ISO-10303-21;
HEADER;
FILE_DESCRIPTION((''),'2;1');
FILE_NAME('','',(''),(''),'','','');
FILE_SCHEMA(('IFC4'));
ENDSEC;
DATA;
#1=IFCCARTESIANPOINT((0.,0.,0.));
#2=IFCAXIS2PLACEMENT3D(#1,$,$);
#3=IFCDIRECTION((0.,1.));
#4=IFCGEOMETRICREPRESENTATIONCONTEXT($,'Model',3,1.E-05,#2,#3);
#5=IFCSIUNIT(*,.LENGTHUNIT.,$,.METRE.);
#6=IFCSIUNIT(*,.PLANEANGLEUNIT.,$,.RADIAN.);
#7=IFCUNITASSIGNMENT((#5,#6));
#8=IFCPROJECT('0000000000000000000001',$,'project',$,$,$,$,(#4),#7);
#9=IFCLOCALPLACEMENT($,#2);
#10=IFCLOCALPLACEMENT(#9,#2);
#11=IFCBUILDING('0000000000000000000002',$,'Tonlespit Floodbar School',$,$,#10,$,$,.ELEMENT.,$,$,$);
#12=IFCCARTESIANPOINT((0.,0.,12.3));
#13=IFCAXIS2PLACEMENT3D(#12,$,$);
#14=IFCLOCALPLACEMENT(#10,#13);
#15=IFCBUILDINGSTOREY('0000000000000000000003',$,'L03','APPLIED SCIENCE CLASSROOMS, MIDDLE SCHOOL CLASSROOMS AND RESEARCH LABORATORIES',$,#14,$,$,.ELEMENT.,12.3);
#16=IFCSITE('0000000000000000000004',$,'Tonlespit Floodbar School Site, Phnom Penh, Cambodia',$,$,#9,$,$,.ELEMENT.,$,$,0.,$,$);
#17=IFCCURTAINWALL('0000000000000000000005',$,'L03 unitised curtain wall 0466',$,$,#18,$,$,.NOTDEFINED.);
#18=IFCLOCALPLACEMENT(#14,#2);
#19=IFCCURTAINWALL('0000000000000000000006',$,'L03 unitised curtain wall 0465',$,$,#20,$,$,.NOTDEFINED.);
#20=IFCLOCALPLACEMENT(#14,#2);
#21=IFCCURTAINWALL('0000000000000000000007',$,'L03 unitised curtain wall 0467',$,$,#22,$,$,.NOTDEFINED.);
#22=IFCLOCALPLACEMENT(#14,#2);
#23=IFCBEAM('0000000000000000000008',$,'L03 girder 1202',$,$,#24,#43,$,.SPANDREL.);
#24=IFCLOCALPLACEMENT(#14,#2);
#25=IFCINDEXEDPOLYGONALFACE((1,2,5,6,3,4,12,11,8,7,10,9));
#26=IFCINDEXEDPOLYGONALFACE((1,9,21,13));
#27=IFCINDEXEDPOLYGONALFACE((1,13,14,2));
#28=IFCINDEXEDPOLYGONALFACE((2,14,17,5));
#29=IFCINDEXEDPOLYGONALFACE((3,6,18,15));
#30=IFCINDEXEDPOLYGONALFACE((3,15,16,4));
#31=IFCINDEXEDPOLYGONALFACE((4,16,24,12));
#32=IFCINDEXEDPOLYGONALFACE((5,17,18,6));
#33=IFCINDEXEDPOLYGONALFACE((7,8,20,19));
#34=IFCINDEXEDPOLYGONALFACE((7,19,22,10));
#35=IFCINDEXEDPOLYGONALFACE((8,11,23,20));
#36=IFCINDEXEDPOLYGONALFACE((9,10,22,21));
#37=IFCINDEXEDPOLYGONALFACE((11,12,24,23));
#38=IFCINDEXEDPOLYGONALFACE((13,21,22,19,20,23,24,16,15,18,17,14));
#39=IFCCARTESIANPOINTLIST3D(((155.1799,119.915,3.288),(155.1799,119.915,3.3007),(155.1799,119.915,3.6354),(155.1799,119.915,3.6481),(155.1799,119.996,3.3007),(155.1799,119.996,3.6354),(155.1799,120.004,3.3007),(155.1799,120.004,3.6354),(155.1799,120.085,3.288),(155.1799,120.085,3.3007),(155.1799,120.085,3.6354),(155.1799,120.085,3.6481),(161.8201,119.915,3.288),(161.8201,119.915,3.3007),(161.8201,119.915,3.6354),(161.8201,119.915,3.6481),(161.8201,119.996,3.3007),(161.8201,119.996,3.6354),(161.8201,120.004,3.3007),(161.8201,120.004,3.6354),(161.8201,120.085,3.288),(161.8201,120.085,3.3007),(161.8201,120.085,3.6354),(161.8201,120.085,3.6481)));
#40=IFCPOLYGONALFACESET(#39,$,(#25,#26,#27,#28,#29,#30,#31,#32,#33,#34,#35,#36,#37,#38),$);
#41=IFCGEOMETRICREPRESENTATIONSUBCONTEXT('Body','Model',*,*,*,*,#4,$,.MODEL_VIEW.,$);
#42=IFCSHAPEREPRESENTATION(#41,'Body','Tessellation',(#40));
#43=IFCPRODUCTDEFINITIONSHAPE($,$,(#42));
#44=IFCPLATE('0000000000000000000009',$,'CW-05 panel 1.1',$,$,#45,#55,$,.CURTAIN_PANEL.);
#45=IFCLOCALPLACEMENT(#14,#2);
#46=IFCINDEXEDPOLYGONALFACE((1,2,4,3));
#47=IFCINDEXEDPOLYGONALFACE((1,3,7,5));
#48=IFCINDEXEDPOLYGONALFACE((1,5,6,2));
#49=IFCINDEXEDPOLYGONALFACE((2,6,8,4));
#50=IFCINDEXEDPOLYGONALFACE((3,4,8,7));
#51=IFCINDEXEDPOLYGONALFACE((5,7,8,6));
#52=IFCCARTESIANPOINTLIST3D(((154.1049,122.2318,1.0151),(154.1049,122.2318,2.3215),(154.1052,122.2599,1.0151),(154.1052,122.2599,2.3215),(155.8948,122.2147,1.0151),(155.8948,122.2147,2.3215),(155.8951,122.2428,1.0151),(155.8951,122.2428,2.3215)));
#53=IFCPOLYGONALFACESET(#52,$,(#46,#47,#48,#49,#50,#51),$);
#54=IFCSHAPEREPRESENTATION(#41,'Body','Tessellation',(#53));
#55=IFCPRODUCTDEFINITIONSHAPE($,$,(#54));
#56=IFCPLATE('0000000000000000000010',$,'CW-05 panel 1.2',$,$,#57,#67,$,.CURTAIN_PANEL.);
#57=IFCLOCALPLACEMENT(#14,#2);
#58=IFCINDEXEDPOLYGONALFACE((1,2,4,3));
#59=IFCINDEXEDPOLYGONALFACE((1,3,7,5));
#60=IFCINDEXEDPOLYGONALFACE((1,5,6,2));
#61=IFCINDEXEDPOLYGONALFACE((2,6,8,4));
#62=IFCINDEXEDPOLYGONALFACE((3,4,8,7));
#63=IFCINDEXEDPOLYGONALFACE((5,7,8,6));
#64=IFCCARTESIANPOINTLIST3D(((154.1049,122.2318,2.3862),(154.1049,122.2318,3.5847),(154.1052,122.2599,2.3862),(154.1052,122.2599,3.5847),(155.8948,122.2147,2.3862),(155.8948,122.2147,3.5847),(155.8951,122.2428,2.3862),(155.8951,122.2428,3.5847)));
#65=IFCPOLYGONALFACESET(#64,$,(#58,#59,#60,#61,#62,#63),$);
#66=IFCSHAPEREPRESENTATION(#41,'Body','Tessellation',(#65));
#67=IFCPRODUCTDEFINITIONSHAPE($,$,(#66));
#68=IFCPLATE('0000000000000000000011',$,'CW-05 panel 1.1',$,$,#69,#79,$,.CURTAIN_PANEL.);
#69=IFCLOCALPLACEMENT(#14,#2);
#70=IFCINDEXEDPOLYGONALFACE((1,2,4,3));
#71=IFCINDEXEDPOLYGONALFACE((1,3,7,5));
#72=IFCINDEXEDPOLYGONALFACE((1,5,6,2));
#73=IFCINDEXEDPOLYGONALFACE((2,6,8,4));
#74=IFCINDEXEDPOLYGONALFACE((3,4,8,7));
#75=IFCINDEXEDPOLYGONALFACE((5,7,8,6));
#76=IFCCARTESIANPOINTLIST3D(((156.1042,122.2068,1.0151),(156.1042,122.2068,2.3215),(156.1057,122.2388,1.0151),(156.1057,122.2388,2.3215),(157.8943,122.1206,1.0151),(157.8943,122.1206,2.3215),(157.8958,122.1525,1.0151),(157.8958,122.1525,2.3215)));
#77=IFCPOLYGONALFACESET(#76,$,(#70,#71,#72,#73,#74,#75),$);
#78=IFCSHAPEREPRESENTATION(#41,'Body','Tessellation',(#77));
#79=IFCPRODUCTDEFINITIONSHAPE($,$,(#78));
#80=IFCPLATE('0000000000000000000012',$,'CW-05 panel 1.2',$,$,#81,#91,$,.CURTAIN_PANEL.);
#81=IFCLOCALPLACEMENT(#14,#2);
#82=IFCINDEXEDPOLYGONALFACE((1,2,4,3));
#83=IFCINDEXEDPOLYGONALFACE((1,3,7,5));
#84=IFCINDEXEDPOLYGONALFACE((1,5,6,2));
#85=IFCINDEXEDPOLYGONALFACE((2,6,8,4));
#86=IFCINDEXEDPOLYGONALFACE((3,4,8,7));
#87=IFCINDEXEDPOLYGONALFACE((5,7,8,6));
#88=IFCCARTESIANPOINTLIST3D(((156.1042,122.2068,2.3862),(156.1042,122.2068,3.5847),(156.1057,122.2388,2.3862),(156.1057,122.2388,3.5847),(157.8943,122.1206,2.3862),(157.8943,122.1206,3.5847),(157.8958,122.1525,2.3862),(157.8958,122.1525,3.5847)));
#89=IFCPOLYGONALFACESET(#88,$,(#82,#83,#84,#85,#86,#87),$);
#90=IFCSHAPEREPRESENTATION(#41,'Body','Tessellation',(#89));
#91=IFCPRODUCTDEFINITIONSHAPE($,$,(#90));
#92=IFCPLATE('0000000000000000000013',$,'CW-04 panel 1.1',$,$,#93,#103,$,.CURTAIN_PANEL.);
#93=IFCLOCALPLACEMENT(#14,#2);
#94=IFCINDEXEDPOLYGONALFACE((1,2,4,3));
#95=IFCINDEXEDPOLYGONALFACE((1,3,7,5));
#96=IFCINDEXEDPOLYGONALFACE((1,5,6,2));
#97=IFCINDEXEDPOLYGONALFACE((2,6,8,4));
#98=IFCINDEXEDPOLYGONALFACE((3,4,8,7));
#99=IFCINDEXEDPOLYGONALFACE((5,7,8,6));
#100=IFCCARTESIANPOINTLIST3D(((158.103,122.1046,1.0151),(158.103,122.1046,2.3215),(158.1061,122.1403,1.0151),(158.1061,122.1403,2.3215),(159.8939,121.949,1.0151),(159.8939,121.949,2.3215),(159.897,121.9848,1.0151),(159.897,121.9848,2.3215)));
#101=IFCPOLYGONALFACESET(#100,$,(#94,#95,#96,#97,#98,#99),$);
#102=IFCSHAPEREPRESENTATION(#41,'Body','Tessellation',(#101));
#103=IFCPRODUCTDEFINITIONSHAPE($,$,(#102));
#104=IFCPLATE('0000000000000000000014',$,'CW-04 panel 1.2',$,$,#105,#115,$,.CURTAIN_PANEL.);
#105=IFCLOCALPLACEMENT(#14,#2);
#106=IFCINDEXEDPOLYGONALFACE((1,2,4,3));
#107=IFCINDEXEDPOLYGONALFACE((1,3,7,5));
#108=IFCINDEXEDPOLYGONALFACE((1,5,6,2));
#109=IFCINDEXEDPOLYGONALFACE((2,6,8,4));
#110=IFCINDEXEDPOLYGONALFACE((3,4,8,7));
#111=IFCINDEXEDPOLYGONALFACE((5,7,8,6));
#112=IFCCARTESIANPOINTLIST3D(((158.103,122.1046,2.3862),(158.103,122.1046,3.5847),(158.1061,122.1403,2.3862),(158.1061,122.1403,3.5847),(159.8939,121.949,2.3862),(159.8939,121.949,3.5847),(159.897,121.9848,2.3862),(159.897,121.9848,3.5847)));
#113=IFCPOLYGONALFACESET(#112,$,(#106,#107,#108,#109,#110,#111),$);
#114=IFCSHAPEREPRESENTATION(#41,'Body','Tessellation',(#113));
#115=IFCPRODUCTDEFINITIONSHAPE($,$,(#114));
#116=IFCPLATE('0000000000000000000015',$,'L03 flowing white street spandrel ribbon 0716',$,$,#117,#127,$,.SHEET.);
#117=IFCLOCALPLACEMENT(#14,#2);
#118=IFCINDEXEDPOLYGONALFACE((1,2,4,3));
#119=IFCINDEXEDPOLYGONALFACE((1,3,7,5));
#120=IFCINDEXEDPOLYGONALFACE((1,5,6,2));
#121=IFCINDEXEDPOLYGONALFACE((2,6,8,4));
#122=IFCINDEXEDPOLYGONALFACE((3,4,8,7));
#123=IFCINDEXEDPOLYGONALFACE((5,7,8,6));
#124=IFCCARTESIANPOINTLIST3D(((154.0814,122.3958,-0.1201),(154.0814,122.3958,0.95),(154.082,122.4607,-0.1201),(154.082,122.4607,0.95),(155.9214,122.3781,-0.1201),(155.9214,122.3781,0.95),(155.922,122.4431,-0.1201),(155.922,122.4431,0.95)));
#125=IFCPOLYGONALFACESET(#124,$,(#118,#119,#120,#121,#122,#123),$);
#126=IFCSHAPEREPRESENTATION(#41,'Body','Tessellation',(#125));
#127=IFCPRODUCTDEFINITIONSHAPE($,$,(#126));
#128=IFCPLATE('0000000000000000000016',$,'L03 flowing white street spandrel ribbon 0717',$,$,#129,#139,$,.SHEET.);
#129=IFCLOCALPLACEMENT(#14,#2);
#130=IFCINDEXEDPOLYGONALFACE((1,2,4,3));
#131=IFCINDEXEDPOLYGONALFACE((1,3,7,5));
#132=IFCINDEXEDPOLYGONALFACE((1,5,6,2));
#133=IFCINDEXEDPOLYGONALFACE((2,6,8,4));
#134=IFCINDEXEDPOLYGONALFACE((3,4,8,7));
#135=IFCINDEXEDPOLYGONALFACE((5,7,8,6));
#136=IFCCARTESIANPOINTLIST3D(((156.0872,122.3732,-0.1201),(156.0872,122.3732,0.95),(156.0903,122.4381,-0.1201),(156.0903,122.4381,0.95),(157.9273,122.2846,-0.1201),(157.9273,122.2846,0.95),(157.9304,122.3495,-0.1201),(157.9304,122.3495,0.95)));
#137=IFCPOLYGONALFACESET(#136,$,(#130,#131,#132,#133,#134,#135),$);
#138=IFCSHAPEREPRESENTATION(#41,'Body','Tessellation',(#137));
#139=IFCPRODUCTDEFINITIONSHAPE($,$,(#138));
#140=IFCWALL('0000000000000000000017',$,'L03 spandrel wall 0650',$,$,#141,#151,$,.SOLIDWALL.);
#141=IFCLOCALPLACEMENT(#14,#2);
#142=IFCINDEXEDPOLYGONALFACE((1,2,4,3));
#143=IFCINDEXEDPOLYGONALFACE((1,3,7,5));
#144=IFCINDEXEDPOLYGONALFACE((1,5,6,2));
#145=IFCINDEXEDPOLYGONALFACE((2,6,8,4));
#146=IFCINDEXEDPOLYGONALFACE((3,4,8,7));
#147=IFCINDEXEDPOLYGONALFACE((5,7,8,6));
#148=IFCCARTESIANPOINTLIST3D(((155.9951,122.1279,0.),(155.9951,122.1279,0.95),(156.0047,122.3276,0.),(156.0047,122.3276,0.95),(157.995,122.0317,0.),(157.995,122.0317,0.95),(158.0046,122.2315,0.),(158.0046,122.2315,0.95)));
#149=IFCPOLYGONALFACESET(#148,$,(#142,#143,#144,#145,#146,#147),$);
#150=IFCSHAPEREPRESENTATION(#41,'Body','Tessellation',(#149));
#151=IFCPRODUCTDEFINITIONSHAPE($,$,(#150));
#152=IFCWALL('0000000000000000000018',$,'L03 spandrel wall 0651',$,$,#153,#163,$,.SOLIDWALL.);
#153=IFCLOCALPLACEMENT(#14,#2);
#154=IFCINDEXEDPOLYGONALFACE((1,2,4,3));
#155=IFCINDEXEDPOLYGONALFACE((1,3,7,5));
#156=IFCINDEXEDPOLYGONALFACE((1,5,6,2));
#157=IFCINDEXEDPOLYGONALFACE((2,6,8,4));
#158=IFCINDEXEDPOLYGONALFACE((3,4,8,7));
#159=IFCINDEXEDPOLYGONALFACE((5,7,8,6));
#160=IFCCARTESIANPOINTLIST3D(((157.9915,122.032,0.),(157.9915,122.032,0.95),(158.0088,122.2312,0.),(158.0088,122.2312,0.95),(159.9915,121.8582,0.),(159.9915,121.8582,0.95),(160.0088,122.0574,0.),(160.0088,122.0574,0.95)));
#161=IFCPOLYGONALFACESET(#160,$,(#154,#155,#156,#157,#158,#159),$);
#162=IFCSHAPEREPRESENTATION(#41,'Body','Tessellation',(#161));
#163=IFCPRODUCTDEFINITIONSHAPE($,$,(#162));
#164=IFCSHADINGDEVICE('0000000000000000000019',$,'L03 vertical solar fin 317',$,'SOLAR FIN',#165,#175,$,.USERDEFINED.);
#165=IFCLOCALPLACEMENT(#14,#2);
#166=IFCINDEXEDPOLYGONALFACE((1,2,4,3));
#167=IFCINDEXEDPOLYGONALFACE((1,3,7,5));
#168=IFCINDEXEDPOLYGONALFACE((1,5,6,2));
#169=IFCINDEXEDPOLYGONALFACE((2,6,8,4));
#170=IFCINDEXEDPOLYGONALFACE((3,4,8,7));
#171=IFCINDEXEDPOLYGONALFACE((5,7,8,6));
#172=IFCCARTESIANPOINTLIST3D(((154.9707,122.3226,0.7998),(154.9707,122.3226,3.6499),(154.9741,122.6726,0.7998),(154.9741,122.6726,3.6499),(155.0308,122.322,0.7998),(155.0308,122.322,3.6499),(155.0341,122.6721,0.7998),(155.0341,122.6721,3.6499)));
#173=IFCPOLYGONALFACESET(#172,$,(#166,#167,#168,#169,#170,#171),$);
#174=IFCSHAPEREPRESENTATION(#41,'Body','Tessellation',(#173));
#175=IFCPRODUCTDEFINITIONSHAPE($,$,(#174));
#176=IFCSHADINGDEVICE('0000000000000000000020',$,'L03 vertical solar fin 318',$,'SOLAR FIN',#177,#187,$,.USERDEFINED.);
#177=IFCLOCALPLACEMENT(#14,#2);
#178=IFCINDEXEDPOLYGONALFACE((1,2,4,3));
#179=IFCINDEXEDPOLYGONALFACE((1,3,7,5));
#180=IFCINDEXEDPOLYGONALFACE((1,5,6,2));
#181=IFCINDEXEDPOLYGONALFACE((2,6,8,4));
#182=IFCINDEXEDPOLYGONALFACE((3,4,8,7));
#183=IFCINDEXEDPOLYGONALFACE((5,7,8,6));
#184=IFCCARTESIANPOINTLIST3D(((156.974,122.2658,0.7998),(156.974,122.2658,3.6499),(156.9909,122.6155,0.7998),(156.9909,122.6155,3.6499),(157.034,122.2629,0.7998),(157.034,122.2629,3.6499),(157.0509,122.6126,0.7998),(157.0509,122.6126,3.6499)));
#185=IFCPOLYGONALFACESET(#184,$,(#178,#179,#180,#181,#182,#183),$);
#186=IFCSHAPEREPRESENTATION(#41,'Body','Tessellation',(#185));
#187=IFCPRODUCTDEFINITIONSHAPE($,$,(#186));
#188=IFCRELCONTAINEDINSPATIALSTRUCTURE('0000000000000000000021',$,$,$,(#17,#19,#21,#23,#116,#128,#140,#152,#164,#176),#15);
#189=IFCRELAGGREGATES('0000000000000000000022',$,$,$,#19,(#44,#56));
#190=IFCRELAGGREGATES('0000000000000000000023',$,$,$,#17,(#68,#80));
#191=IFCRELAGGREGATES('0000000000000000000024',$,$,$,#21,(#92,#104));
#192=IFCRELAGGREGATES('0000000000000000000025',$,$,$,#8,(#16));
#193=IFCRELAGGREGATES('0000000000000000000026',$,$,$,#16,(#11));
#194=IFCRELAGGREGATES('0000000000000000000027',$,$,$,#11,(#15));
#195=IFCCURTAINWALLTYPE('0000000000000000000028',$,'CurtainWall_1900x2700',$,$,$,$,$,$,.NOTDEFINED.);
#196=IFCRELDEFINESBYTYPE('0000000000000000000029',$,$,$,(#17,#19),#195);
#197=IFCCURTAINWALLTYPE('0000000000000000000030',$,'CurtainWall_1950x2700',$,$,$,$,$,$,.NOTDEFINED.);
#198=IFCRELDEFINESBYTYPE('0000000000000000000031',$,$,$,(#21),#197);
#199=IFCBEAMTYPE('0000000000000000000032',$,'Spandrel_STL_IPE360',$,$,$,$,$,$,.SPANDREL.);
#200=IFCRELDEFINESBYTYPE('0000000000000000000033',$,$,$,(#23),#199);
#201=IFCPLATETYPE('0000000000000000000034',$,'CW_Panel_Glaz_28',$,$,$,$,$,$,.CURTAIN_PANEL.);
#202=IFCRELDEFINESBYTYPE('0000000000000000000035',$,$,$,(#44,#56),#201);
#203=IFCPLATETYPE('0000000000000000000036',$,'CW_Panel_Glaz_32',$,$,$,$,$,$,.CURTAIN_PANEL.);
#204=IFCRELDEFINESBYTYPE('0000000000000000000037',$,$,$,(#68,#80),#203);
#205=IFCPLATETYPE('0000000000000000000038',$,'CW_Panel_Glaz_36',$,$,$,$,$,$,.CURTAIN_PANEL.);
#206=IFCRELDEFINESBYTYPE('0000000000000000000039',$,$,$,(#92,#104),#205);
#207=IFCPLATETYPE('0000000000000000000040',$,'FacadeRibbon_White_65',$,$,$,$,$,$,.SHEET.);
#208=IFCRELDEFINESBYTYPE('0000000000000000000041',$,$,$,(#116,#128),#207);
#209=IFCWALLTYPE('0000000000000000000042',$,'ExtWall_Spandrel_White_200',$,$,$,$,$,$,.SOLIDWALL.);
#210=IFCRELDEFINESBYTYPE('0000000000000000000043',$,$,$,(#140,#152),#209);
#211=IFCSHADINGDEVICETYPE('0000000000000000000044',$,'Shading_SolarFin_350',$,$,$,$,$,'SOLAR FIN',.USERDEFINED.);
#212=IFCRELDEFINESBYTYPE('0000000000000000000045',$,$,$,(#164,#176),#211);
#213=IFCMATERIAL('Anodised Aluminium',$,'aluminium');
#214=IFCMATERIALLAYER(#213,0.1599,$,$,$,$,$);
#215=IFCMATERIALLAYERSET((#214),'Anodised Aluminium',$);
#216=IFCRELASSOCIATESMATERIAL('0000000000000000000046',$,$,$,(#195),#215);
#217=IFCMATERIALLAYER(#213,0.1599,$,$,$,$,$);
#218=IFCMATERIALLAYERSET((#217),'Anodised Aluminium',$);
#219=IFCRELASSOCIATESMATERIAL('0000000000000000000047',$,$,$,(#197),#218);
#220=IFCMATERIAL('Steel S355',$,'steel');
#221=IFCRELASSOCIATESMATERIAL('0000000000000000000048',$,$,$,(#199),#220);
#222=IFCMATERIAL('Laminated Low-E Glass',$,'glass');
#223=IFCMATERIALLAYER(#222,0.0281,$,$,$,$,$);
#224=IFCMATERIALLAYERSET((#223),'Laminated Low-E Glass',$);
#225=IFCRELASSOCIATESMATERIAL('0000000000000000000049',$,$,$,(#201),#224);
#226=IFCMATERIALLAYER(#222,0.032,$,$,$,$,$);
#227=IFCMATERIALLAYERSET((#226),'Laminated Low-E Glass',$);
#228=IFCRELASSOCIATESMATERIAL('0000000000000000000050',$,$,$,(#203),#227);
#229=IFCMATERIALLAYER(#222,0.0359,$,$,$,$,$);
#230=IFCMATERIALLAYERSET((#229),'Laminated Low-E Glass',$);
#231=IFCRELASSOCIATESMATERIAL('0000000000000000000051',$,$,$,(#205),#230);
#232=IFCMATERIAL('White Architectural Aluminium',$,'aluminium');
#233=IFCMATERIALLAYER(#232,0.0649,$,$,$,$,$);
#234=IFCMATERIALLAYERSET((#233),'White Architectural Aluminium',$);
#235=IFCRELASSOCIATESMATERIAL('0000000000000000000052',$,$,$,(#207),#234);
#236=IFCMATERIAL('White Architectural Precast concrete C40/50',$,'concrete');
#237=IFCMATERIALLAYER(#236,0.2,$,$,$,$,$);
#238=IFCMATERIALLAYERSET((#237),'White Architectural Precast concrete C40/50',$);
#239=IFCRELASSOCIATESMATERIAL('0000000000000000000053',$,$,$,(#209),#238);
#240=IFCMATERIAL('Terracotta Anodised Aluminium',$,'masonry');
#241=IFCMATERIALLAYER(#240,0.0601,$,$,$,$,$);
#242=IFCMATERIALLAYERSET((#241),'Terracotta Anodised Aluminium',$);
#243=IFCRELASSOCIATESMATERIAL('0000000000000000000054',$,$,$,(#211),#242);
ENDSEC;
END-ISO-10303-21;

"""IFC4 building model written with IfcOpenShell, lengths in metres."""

from ifc_helpers import new_model, si_unit, direction, frame, frame_2d, origin, origin_2d, place, context, subcontext, project, spatial, rectangle, i_section, extrude, material, layer, layer_set, material_profile, profile_set, type_object, element, aggregate, save


model = new_model("IFC4")

# Units and contexts
model_context = context("Model", 3, precision=1e-05, world=origin(), true_north=direction((0.0, 1.0)))
body_context = subcontext(model_context, "Body", "Model", "MODEL_VIEW")
ifc_project = project(units=[si_unit("LENGTHUNIT", "METRE"), si_unit("PLANEANGLEUNIT", "RADIAN")], contexts=[model_context])

# Site, building, storey
site_placement = place(None, origin())
site = spatial("IfcSite", under=ifc_project, at=site_placement, Name="Tonlespit Floodbar School Site, Phnom Penh, Cambodia", CompositionType="ELEMENT", RefElevation=0.0)
building_placement = place(site_placement, origin())
building = spatial("IfcBuilding", under=site, at=building_placement, Name="Tonlespit Floodbar School", CompositionType="ELEMENT")
storey_placement = place(building_placement, frame((0.0, 0.0, 12.3)))
storey = spatial("IfcBuildingStorey", under=building, at=storey_placement, Name="L03", Description="APPLIED SCIENCE CLASSROOMS, MIDDLE SCHOOL CLASSROOMS AND RESEARCH LABORATORIES", CompositionType="ELEMENT", Elevation=12.3)

# Curtain wall
ifc_material_1 = material(Name="Anodised Aluminium", Category="aluminium")
ifc_layer_1 = layer(ifc_material_1, 0.1599)
ifc_layer_set_1 = layer_set([ifc_layer_1], Name="Anodised Aluminium")
curtain_wall_type_1 = type_object("IfcCurtainWallType", Name="CurtainWall_1900x2700", PredefinedType="NOTDEFINED", material=ifc_layer_set_1)
curtain_wall_1_placement = place(storey_placement, origin())
curtain_wall_1 = element("IfcCurtainWall", 1, at=curtain_wall_1_placement, inside=storey, type_object=curtain_wall_type_1, Name="L03 unitised curtain wall 0466", PredefinedType="NOTDEFINED")

# Curtain walls
curtain_wall_2_placement = place(storey_placement, origin())
curtain_wall_2 = element("IfcCurtainWall", 2, at=curtain_wall_2_placement, inside=storey, type_object=curtain_wall_type_1, Name="L03 unitised curtain wall 0465", PredefinedType="NOTDEFINED")
ifc_layer_2 = layer(ifc_material_1, 0.1599)
ifc_layer_set_2 = layer_set([ifc_layer_2], Name="Anodised Aluminium")
curtain_wall_type_2 = type_object("IfcCurtainWallType", Name="CurtainWall_1950x2700", PredefinedType="NOTDEFINED", material=ifc_layer_set_2)
curtain_wall_3_placement = place(storey_placement, origin())
curtain_wall_3 = element("IfcCurtainWall", 3, at=curtain_wall_3_placement, inside=storey, type_object=curtain_wall_type_2, Name="L03 unitised curtain wall 0467", PredefinedType="NOTDEFINED")

# Beam
ifc_material_2 = material(Name="Steel S355", Category="steel")
ifc_material_profile_1 = material_profile(ifc_material_2, i_section(OverallWidth=0.1699, OverallDepth=0.3601, WebThickness=0.0081, FlangeThickness=0.0127, at=origin_2d()), Name="IPE 360")
ifc_profile_set_1 = profile_set([ifc_material_profile_1], Name="Steel S355")
beam_type_1 = type_object("IfcBeamType", Name="Spandrel_STL_IPE360", PredefinedType="SPANDREL", material=ifc_profile_set_1)
beam_1_placement = place(storey_placement, frame((155.1799, 120.0, 3.468), z_axis=(1.0, 0.0, 0.0), x_axis=(0.0, 1.0, 0.0)))
element("IfcBeam", 4, at=beam_1_placement, inside=storey, type_object=beam_type_1, Name="L03 girder 1202", PredefinedType="SPANDREL", context=body_context, shape_type="SweptSolid", body=[
    extrude(i_section(OverallWidth=0.1699, OverallDepth=0.3601, WebThickness=0.0081, FlangeThickness=0.0127, at=origin_2d()), origin(), (0.0, 0.0, 1.0), 6.6401),
])

# Plates
ifc_material_3 = material(Name="Laminated Low-E Glass", Category="glass")
ifc_layer_3 = layer(ifc_material_3, 0.0281)
ifc_layer_set_3 = layer_set([ifc_layer_3], Name="Laminated Low-E Glass")
plate_type_1 = type_object("IfcPlateType", Name="CW_Panel_Glaz_28", PredefinedType="CURTAIN_PANEL", material=ifc_layer_set_3)
plate_1_placement = place(storey_placement, frame((155.0, 122.2373, 1.0151), z_axis=(0.0, 0.0, 1.0), x_axis=(0.999954, -0.009583, 0.0)))
plate_1 = element("IfcPlate", 5, at=plate_1_placement, type_object=plate_type_1, Name="CW-05 panel 1.1", PredefinedType="CURTAIN_PANEL", context=body_context, shape_type="SweptSolid", body=[
    extrude(rectangle(XDim=1.79, YDim=0.0281, at=origin_2d()), origin(), (0.0, 0.0, 1.0), 1.3064),
])
plate_2_placement = place(storey_placement, frame((155.0, 122.2373, 2.3862), z_axis=(0.0, 0.0, 1.0), x_axis=(0.999954, -0.009583, 0.0)))
plate_2 = element("IfcPlate", 6, at=plate_2_placement, type_object=plate_type_1, Name="CW-05 panel 1.2", PredefinedType="CURTAIN_PANEL", context=body_context, shape_type="SweptSolid", body=[
    extrude(rectangle(XDim=1.79, YDim=0.0281, at=origin_2d()), origin(), (0.0, 0.0, 1.0), 1.1985),
])
aggregate(curtain_wall_2, [plate_1, plate_2])
ifc_layer_4 = layer(ifc_material_3, 0.032)
ifc_layer_set_4 = layer_set([ifc_layer_4], Name="Laminated Low-E Glass")
plate_type_2 = type_object("IfcPlateType", Name="CW_Panel_Glaz_32", PredefinedType="CURTAIN_PANEL", material=ifc_layer_set_4)
plate_3_placement = place(storey_placement, frame((157.0, 122.1797, 1.0151), z_axis=(0.0, 0.0, 1.0), x_axis=(0.998842, -0.048121, 0.0)))
plate_3 = element("IfcPlate", 7, at=plate_3_placement, type_object=plate_type_2, Name="CW-05 panel 1.1", PredefinedType="CURTAIN_PANEL", context=body_context, shape_type="SweptSolid", body=[
    extrude(rectangle(XDim=1.7922, YDim=0.032, at=origin_2d()), origin(), (0.0, 0.0, 1.0), 1.3064),
])
plate_4_placement = place(storey_placement, frame((157.0, 122.1797, 2.3862), z_axis=(0.0, 0.0, 1.0), x_axis=(0.998842, -0.048121, 0.0)))
plate_4 = element("IfcPlate", 8, at=plate_4_placement, type_object=plate_type_2, Name="CW-05 panel 1.2", PredefinedType="CURTAIN_PANEL", context=body_context, shape_type="SweptSolid", body=[
    extrude(rectangle(XDim=1.7922, YDim=0.032, at=origin_2d()), origin(), (0.0, 0.0, 1.0), 1.1985),
])
aggregate(curtain_wall_1, [plate_3, plate_4])
ifc_layer_5 = layer(ifc_material_3, 0.0359)
ifc_layer_set_5 = layer_set([ifc_layer_5], Name="Laminated Low-E Glass")
plate_type_3 = type_object("IfcPlateType", Name="CW_Panel_Glaz_36", PredefinedType="CURTAIN_PANEL", material=ifc_layer_set_5)
plate_5_placement = place(storey_placement, frame((159.0, 122.0447, 1.0151), z_axis=(0.0, 0.0, 1.0), x_axis=(0.996249, -0.086531, 0.0)))
plate_5 = element("IfcPlate", 9, at=plate_5_placement, type_object=plate_type_3, Name="CW-04 panel 1.1", PredefinedType="CURTAIN_PANEL", context=body_context, shape_type="SweptSolid", body=[
    extrude(rectangle(XDim=1.7976, YDim=0.0359, at=origin_2d()), origin(), (0.0, 0.0, 1.0), 1.3064),
])
plate_6_placement = place(storey_placement, frame((159.0, 122.0447, 2.3862), z_axis=(0.0, 0.0, 1.0), x_axis=(0.996249, -0.086531, 0.0)))
plate_6 = element("IfcPlate", 10, at=plate_6_placement, type_object=plate_type_3, Name="CW-04 panel 1.2", PredefinedType="CURTAIN_PANEL", context=body_context, shape_type="SweptSolid", body=[
    extrude(rectangle(XDim=1.7976, YDim=0.0359, at=origin_2d()), origin(), (0.0, 0.0, 1.0), 1.1985),
])
aggregate(curtain_wall_3, [plate_5, plate_6])

# Plates
ifc_material_4 = material(Name="White Architectural Aluminium", Category="aluminium")
ifc_layer_6 = layer(ifc_material_4, 0.0649)
ifc_layer_set_6 = layer_set([ifc_layer_6], Name="White Architectural Aluminium")
plate_type_4 = type_object("IfcPlateType", Name="FacadeRibbon_White_65", PredefinedType="SHEET", material=ifc_layer_set_6)
plate_7_placement = place(storey_placement, frame((155.0017, 122.4194, -0.1201), z_axis=(0.0, 0.0, 1.0), x_axis=(0.999954, -0.009599, 0.0)))
element("IfcPlate", 11, at=plate_7_placement, inside=storey, type_object=plate_type_4, Name="L03 flowing white street spandrel ribbon 0716", PredefinedType="SHEET", context=body_context, shape_type="SweptSolid", body=[
    extrude(rectangle(XDim=1.8401, YDim=0.0649, at=origin_2d()), origin(), (0.0, 0.0, 1.0), 1.0701),
])
plate_8_placement = place(storey_placement, frame((157.0088, 122.3613, -0.1201), z_axis=(0.0, 0.0, 1.0), x_axis=(0.998843, -0.048095, 0.0)))
element("IfcPlate", 12, at=plate_8_placement, inside=storey, type_object=plate_type_4, Name="L03 flowing white street spandrel ribbon 0717", PredefinedType="SHEET", context=body_context, shape_type="SweptSolid", body=[
    extrude(rectangle(XDim=1.8423, YDim=0.0649, at=origin_2d()), origin(), (0.0, 0.0, 1.0), 1.0701),
])

# Walls
ifc_material_5 = material(Name="White Architectural Precast concrete C40/50", Category="concrete")
ifc_layer_7 = layer(ifc_material_5, 0.2)
ifc_layer_set_7 = layer_set([ifc_layer_7], Name="White Architectural Precast concrete C40/50")
wall_type = type_object("IfcWallType", Name="ExtWall_Spandrel_White_200", PredefinedType="SOLIDWALL", material=ifc_layer_set_7)
wall_1_placement = place(storey_placement, frame((156.0, 122.2278, 0.0), z_axis=(0.0, 0.0, 1.0), x_axis=(0.998845, -0.04804, 0.0)))
element("IfcWall", 13, at=wall_1_placement, inside=storey, type_object=wall_type, Name="L03 spandrel wall 0650", PredefinedType="SOLIDWALL", context=body_context, shape_type="SweptSolid", body=[
    extrude(rectangle(XDim=2.0022, YDim=0.2, at=frame_2d((1.001, 0.0))), origin(), (0.0, 0.0, 1.0), 0.95),
])
wall_2_placement = place(storey_placement, frame((158.0, 122.1316, 0.0), z_axis=(0.0, 0.0, 1.0), x_axis=(0.996244, -0.086588, 0.0)))
element("IfcWall", 14, at=wall_2_placement, inside=storey, type_object=wall_type, Name="L03 spandrel wall 0651", PredefinedType="SOLIDWALL", context=body_context, shape_type="SweptSolid", body=[
    extrude(rectangle(XDim=2.0076, YDim=0.2, at=frame_2d((1.0039, 0.0))), origin(), (0.0, 0.0, 1.0), 0.95),
])

# Shading devices
ifc_material_6 = material(Name="Terracotta Anodised Aluminium", Category="masonry")
ifc_layer_8 = layer(ifc_material_6, 0.0601)
ifc_layer_set_8 = layer_set([ifc_layer_8], Name="Terracotta Anodised Aluminium")
shading_device_type = type_object("IfcShadingDeviceType", Name="Shading_SolarFin_350", ElementType="SOLAR FIN", PredefinedType="USERDEFINED", material=ifc_layer_set_8)
for number, where, z_axis, x_axis, name in (
    (15, (155.0024, 122.4973, 0.7998), (0.0, 0.0, 1.0), (0.999954, -0.009599, 0.0), "L03 vertical solar fin 317"),
    (16, (157.0125, 122.4392, 0.7998), (0.0, 0.0, 1.0), (0.998843, -0.048095, 0.0), "L03 vertical solar fin 318"),
):
    element("IfcShadingDevice", number, at=place(storey_placement, frame(where, z_axis=z_axis, x_axis=x_axis)), inside=storey, type_object=shading_device_type, Name=name, ObjectType="SOLAR FIN", PredefinedType="USERDEFINED", context=body_context, shape_type="SweptSolid", body=[
        extrude(rectangle(XDim=0.0601, YDim=0.3501, at=origin_2d()), origin(), (0.0, 0.0, 1.0), 2.8501),
    ])

save(model, "model.ifc")
